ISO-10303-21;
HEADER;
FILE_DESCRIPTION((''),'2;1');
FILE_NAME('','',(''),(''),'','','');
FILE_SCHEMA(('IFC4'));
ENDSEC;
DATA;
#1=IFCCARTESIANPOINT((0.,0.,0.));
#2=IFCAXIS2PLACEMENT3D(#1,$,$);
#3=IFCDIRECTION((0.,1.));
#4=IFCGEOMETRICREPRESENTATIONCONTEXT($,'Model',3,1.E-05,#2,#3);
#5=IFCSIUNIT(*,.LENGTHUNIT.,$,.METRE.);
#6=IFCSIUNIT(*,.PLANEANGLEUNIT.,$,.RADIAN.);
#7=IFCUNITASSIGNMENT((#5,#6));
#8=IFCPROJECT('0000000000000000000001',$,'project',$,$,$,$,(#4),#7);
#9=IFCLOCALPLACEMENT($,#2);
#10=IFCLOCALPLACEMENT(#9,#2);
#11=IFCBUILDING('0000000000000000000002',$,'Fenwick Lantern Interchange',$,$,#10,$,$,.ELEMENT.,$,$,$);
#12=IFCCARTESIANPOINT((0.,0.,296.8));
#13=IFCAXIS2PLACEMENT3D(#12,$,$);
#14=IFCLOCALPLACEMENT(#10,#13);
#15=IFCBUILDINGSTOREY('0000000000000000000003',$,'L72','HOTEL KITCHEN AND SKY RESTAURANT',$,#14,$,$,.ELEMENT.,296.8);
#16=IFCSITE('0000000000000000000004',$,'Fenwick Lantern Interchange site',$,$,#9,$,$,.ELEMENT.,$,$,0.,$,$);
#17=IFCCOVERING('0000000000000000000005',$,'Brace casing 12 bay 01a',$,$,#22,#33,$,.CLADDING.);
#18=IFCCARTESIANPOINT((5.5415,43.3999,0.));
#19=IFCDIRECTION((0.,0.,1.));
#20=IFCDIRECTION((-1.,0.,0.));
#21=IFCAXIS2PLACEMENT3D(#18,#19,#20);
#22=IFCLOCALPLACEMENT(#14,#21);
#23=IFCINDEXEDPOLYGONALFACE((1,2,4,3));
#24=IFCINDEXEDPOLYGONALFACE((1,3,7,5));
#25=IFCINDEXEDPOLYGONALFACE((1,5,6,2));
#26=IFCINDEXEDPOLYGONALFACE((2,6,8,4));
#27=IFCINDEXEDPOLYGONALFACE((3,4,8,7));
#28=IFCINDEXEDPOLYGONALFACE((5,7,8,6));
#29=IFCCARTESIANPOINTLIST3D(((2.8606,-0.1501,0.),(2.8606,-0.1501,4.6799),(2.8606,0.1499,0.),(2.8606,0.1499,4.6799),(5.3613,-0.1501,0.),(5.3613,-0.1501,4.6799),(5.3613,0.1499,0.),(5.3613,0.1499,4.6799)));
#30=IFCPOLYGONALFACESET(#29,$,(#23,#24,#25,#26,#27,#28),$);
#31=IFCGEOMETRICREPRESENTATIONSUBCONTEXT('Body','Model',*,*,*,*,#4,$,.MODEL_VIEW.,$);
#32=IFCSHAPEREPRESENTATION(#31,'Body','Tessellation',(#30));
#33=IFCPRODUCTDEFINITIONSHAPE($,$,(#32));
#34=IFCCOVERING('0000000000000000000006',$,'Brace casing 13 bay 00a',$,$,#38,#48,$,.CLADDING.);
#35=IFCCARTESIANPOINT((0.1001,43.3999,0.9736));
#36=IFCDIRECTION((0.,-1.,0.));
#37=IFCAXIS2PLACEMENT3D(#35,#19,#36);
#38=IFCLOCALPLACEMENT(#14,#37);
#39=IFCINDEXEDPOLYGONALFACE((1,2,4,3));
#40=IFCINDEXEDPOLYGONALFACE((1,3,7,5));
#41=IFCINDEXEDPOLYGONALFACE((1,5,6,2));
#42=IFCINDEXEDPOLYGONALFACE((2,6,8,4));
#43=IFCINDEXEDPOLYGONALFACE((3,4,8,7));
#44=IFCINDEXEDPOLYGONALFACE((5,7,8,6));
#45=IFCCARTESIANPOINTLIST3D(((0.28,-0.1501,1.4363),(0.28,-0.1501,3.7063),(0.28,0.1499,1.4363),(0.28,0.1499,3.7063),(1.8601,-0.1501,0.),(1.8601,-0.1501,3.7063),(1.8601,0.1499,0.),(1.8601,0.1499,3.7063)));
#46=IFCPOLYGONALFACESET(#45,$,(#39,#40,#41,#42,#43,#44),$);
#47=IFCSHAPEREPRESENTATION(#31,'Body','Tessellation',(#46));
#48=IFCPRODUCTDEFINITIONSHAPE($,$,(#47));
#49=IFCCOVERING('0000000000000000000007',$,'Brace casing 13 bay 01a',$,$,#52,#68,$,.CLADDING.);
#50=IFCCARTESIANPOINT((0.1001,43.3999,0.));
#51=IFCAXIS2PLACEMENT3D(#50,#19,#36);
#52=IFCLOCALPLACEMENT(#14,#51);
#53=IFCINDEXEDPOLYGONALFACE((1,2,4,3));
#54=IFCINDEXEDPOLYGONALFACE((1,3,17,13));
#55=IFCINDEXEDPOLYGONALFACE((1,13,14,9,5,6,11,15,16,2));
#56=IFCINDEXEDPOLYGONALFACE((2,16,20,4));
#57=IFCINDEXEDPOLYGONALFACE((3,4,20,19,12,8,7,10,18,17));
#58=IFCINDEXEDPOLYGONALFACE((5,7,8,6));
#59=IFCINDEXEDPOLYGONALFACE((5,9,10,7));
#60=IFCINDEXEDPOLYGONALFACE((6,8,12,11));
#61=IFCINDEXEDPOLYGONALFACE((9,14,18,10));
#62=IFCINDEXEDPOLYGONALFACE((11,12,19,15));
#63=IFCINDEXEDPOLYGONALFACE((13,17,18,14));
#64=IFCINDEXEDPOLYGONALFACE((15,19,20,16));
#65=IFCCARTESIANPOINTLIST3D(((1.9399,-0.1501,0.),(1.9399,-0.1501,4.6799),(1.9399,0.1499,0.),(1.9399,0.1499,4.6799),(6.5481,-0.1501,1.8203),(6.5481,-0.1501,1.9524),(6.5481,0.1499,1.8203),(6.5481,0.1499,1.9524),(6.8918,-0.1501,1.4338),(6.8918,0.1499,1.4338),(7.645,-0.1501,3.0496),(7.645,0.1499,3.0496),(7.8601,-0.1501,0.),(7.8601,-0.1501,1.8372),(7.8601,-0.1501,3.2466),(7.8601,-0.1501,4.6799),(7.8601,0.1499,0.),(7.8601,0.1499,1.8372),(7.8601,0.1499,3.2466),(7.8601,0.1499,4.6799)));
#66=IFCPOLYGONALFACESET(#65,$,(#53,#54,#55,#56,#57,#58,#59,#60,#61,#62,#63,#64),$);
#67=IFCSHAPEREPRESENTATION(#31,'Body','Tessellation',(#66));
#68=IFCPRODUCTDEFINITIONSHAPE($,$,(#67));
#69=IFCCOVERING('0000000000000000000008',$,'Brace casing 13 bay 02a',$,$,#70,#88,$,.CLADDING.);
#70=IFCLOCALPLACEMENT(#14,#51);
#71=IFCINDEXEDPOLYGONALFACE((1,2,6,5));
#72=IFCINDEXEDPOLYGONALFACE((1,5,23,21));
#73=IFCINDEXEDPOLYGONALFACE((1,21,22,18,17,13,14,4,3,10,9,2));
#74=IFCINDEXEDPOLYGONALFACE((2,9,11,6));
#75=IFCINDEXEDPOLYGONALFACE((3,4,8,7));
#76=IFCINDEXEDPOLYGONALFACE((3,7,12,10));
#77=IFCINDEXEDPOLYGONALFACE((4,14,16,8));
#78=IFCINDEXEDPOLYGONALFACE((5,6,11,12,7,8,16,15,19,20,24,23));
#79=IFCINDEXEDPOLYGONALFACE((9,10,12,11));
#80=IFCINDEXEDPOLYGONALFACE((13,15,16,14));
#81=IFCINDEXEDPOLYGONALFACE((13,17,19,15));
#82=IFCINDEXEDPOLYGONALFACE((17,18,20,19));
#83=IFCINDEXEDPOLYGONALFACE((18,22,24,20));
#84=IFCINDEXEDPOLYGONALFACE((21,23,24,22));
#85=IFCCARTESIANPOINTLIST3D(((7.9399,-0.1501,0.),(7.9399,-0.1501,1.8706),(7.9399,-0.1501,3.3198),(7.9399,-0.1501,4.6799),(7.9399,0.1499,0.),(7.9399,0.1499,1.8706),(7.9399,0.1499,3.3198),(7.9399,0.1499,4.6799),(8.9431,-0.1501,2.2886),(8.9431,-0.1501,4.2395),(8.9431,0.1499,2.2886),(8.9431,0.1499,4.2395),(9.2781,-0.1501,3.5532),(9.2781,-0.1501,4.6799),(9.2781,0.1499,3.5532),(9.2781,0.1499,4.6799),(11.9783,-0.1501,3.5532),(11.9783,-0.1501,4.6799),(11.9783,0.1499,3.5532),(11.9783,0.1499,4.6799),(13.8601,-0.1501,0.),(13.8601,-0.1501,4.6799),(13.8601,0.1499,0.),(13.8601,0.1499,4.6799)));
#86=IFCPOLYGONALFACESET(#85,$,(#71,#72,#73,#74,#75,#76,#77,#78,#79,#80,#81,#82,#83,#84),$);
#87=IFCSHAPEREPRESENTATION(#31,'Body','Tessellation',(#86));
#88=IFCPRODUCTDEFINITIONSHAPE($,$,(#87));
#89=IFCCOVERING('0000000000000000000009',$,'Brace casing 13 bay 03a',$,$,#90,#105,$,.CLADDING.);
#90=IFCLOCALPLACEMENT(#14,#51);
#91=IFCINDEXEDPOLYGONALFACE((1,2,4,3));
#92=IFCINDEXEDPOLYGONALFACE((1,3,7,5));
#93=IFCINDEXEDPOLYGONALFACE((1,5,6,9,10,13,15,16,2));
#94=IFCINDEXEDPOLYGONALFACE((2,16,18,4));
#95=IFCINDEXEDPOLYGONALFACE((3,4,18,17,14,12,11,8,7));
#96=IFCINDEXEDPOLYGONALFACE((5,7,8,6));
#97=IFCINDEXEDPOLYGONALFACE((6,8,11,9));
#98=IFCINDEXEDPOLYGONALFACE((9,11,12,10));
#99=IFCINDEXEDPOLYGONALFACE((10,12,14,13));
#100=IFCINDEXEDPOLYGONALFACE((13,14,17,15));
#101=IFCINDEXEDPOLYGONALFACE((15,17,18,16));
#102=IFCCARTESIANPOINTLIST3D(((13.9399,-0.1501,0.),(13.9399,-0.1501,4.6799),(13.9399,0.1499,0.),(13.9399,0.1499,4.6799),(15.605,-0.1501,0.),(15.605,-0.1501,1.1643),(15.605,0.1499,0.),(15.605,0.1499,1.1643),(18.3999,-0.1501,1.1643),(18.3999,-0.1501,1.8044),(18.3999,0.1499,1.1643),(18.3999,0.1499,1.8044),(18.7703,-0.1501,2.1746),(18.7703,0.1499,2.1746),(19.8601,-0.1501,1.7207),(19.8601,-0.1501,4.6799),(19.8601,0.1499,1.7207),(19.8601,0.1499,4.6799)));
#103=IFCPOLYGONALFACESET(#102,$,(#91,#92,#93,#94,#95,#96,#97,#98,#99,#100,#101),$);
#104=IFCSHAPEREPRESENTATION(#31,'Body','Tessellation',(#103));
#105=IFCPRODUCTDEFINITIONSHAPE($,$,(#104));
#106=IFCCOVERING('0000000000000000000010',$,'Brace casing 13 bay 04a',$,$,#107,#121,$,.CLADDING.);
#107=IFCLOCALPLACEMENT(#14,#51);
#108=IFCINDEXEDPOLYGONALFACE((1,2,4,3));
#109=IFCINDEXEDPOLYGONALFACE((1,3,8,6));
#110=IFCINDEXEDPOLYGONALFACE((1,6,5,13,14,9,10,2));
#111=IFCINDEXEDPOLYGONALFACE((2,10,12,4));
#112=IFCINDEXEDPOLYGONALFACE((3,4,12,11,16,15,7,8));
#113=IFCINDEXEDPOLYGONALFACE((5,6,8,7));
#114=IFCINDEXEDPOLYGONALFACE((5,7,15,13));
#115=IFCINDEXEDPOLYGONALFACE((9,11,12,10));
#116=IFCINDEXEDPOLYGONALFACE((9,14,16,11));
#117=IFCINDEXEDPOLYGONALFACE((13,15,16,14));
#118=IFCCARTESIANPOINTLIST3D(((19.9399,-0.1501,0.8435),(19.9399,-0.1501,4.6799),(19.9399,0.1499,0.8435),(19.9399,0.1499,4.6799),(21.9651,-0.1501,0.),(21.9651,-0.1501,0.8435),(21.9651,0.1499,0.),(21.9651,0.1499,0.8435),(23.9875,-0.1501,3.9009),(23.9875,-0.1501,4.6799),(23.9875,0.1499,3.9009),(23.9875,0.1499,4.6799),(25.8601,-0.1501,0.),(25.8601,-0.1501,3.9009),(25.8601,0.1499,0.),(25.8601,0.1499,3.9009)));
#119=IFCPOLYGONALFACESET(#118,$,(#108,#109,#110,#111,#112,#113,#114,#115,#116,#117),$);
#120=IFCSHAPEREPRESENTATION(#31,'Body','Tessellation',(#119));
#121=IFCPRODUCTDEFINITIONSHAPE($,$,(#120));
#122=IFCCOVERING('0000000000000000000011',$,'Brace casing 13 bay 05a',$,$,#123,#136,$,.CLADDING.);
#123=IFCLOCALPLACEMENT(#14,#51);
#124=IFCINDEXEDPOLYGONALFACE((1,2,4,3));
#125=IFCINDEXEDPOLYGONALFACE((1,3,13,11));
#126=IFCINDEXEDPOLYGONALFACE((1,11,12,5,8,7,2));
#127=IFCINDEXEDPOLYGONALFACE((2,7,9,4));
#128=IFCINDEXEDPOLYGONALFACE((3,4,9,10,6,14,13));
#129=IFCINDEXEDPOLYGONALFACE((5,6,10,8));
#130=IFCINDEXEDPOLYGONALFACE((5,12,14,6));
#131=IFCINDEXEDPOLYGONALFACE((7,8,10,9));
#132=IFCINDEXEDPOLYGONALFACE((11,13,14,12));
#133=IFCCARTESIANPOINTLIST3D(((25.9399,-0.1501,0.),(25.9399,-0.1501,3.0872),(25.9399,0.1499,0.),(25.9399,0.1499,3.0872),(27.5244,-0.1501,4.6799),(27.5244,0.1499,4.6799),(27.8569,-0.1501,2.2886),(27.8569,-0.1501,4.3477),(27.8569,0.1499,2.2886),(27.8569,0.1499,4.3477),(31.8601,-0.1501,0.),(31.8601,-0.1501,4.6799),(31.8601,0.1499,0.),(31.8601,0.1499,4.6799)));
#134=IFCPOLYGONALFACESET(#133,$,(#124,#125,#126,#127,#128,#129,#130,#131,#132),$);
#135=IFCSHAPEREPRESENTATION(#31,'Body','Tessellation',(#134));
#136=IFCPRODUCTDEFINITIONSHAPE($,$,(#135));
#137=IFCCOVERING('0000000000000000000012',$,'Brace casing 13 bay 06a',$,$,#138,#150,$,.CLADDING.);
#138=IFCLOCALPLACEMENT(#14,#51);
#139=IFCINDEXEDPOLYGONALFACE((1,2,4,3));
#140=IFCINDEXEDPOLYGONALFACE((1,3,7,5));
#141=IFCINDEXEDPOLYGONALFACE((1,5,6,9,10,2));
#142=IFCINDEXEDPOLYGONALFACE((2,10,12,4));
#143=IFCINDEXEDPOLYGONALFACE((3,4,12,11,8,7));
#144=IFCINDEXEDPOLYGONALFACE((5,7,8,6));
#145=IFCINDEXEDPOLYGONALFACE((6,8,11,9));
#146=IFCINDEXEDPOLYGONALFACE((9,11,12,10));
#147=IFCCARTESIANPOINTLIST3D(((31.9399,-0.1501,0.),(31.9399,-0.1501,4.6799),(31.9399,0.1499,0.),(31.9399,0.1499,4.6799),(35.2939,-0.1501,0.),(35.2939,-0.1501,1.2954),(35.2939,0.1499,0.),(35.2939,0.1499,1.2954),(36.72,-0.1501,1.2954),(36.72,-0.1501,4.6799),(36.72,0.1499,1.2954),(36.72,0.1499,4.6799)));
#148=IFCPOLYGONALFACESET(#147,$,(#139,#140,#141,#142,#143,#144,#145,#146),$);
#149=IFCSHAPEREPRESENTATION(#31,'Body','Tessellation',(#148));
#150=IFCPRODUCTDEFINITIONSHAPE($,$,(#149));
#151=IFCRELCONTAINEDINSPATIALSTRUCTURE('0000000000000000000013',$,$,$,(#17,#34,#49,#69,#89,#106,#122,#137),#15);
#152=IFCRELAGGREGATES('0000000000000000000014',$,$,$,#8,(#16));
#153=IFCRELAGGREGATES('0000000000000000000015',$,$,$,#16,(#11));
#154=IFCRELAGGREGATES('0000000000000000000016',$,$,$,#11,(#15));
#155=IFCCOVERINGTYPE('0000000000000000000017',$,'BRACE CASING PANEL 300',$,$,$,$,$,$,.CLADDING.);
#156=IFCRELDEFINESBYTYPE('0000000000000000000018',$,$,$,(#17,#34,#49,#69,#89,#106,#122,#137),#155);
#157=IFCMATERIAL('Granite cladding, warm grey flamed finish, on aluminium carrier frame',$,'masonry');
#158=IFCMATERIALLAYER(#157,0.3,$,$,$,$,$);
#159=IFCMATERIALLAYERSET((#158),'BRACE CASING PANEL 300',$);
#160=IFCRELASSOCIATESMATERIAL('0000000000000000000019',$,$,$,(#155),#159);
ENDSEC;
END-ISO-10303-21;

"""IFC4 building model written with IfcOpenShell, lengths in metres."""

from ifc_helpers import new_model, si_unit, direction, frame, origin, place, context, subcontext, project, spatial, polyline, outline, extrude, material, layer, layer_set, type_object, element, save


model = new_model("IFC4")

# Units and contexts
model_context = context("Model", 3, precision=1e-05, world=origin(), true_north=direction((0.0, 1.0)))
body_context = subcontext(model_context, "Body", "Model", "MODEL_VIEW")
ifc_project = project(units=[si_unit("LENGTHUNIT", "METRE"), si_unit("PLANEANGLEUNIT", "RADIAN")], contexts=[model_context])

# Site, building, storey
site_placement = place(None, origin())
site = spatial("IfcSite", under=ifc_project, at=site_placement, Name="Fenwick Lantern Interchange site", CompositionType="ELEMENT", RefElevation=0.0)
building_placement = place(site_placement, origin())
building = spatial("IfcBuilding", under=site, at=building_placement, Name="Fenwick Lantern Interchange", CompositionType="ELEMENT")
storey_placement = place(building_placement, frame((0.0, 0.0, 296.8)))
storey = spatial("IfcBuildingStorey", under=building, at=storey_placement, Name="L72", Description="HOTEL KITCHEN AND SKY RESTAURANT", CompositionType="ELEMENT", Elevation=296.8)

# Coverings
ifc_material_1 = material(Name="Granite cladding, warm grey flamed finish, on aluminium carrier frame", Category="masonry")
ifc_layer_1 = layer(ifc_material_1, 0.3)
ifc_layer_set_1 = layer_set([ifc_layer_1], Name="BRACE CASING PANEL 300")
covering_type = type_object("IfcCoveringType", Name="BRACE CASING PANEL 300", PredefinedType="CLADDING", material=ifc_layer_set_1)
covering_1_placement = place(storey_placement, frame((5.5415, 43.3999, 0.0), z_axis=(0.0, 0.0, 1.0), x_axis=(-1.0, 0.0, 0.0)))
element("IfcCovering", 1, at=covering_1_placement, inside=storey, type_object=covering_type, Name="Brace casing 12 bay 01a", PredefinedType="CLADDING", context=body_context, shape_type="SweptSolid", body=[
    extrude(outline(polyline([(2.8606, 0.0), (5.3613, 0.0), (5.3613, 4.6799), (2.8606, 4.6799), (2.8606, 0.0)])), frame((0.0, 0.1499, 0.0), z_axis=(0.0, -1.0, 0.0), x_axis=(1.0, 0.0, 0.0)), (0.0, 0.0, 1.0), 0.3),
])
covering_2_placement = place(storey_placement, frame((0.1001, 43.3999, 0.9736), z_axis=(0.0, 0.0, 1.0), x_axis=(0.0, -1.0, 0.0)))
element("IfcCovering", 2, at=covering_2_placement, inside=storey, type_object=covering_type, Name="Brace casing 13 bay 00a", PredefinedType="CLADDING", context=body_context, shape_type="SweptSolid", body=[
    extrude(outline(polyline([(1.8601, 0.0), (1.8601, 3.7063), (0.28, 3.7063), (0.28, 1.4363), (1.8601, 0.0)])), frame((0.0, 0.1499, 0.0), z_axis=(0.0, -1.0, 0.0), x_axis=(1.0, 0.0, 0.0)), (0.0, 0.0, 1.0), 0.3),
])
covering_3_placement = place(storey_placement, frame((0.1001, 43.3999, 0.0), z_axis=(0.0, 0.0, 1.0), x_axis=(0.0, -1.0, 0.0)))
element("IfcCovering", 3, at=covering_3_placement, inside=storey, type_object=covering_type, Name="Brace casing 13 bay 01a", PredefinedType="CLADDING", context=body_context, shape_type="SweptSolid", body=[
    extrude(outline(polyline([(1.9399, 0.0), (7.8601, 0.0), (7.8601, 1.8372), (6.8918, 1.4338), (6.5481, 1.8203), (6.5481, 1.9524), (7.645, 3.0496), (7.8601, 3.2466), (7.8601, 4.6799), (1.9399, 4.6799), (1.9399, 0.0)])), frame((0.0, 0.1499, 0.0), z_axis=(0.0, -1.0, 0.0), x_axis=(1.0, 0.0, 0.0)), (0.0, 0.0, 1.0), 0.3),
])
covering_4_placement = place(storey_placement, frame((0.1001, 43.3999, 0.0), z_axis=(0.0, 0.0, 1.0), x_axis=(0.0, -1.0, 0.0)))
element("IfcCovering", 4, at=covering_4_placement, inside=storey, type_object=covering_type, Name="Brace casing 13 bay 02a", PredefinedType="CLADDING", context=body_context, shape_type="SweptSolid", body=[
    extrude(outline(polyline([(7.9399, 0.0), (13.8601, 0.0), (13.8601, 4.6799), (11.9783, 4.6799), (11.9783, 3.5532), (9.2781, 3.5532), (9.2781, 4.6799), (7.9399, 4.6799), (7.9399, 3.3198), (8.9431, 4.2395), (8.9431, 2.2886), (7.9399, 1.8706), (7.9399, 0.0)])), frame((0.0, 0.1499, 0.0), z_axis=(0.0, -1.0, 0.0), x_axis=(1.0, 0.0, 0.0)), (0.0, 0.0, 1.0), 0.3),
])
covering_5_placement = place(storey_placement, frame((0.1001, 43.3999, 0.0), z_axis=(0.0, 0.0, 1.0), x_axis=(0.0, -1.0, 0.0)))
element("IfcCovering", 5, at=covering_5_placement, inside=storey, type_object=covering_type, Name="Brace casing 13 bay 03a", PredefinedType="CLADDING", context=body_context, shape_type="SweptSolid", body=[
    extrude(outline(polyline([(13.9399, 0.0), (15.605, 0.0), (15.605, 1.1643), (18.3999, 1.1643), (18.3999, 1.8044), (18.7703, 2.1746), (19.8601, 1.7207), (19.8601, 4.6799), (13.9399, 4.6799), (13.9399, 0.0)])), frame((0.0, 0.1499, 0.0), z_axis=(0.0, -1.0, 0.0), x_axis=(1.0, 0.0, 0.0)), (0.0, 0.0, 1.0), 0.3),
])
covering_6_placement = place(storey_placement, frame((0.1001, 43.3999, 0.0), z_axis=(0.0, 0.0, 1.0), x_axis=(0.0, -1.0, 0.0)))
element("IfcCovering", 6, at=covering_6_placement, inside=storey, type_object=covering_type, Name="Brace casing 13 bay 04a", PredefinedType="CLADDING", context=body_context, shape_type="SweptSolid", body=[
    extrude(outline(polyline([(21.9651, 0.0), (25.8601, 0.0), (25.8601, 3.9009), (23.9875, 3.9009), (23.9875, 4.6799), (19.9399, 4.6799), (19.9399, 0.8435), (21.9651, 0.8435), (21.9651, 0.0)])), frame((0.0, 0.1499, 0.0), z_axis=(0.0, -1.0, 0.0), x_axis=(1.0, 0.0, 0.0)), (0.0, 0.0, 1.0), 0.3),
])
covering_7_placement = place(storey_placement, frame((0.1001, 43.3999, 0.0), z_axis=(0.0, 0.0, 1.0), x_axis=(0.0, -1.0, 0.0)))
element("IfcCovering", 7, at=covering_7_placement, inside=storey, type_object=covering_type, Name="Brace casing 13 bay 05a", PredefinedType="CLADDING", context=body_context, shape_type="SweptSolid", body=[
    extrude(outline(polyline([(25.9399, 0.0), (31.8601, 0.0), (31.8601, 4.6799), (27.5244, 4.6799), (27.8569, 4.3477), (27.8569, 2.2886), (25.9399, 3.0872), (25.9399, 0.0)])), frame((0.0, 0.1499, 0.0), z_axis=(0.0, -1.0, 0.0), x_axis=(1.0, 0.0, 0.0)), (0.0, 0.0, 1.0), 0.3),
])
covering_8_placement = place(storey_placement, frame((0.1001, 43.3999, 0.0), z_axis=(0.0, 0.0, 1.0), x_axis=(0.0, -1.0, 0.0)))
element("IfcCovering", 8, at=covering_8_placement, inside=storey, type_object=covering_type, Name="Brace casing 13 bay 06a", PredefinedType="CLADDING", context=body_context, shape_type="SweptSolid", body=[
    extrude(outline(polyline([(31.9399, 0.0), (35.2939, 0.0), (35.2939, 1.2954), (36.72, 1.2954), (36.72, 4.6799), (31.9399, 4.6799), (31.9399, 0.0)])), frame((0.0, 0.1499, 0.0), z_axis=(0.0, -1.0, 0.0), x_axis=(1.0, 0.0, 0.0)), (0.0, 0.0, 1.0), 0.3),
])

save(model, "model.ifc")
